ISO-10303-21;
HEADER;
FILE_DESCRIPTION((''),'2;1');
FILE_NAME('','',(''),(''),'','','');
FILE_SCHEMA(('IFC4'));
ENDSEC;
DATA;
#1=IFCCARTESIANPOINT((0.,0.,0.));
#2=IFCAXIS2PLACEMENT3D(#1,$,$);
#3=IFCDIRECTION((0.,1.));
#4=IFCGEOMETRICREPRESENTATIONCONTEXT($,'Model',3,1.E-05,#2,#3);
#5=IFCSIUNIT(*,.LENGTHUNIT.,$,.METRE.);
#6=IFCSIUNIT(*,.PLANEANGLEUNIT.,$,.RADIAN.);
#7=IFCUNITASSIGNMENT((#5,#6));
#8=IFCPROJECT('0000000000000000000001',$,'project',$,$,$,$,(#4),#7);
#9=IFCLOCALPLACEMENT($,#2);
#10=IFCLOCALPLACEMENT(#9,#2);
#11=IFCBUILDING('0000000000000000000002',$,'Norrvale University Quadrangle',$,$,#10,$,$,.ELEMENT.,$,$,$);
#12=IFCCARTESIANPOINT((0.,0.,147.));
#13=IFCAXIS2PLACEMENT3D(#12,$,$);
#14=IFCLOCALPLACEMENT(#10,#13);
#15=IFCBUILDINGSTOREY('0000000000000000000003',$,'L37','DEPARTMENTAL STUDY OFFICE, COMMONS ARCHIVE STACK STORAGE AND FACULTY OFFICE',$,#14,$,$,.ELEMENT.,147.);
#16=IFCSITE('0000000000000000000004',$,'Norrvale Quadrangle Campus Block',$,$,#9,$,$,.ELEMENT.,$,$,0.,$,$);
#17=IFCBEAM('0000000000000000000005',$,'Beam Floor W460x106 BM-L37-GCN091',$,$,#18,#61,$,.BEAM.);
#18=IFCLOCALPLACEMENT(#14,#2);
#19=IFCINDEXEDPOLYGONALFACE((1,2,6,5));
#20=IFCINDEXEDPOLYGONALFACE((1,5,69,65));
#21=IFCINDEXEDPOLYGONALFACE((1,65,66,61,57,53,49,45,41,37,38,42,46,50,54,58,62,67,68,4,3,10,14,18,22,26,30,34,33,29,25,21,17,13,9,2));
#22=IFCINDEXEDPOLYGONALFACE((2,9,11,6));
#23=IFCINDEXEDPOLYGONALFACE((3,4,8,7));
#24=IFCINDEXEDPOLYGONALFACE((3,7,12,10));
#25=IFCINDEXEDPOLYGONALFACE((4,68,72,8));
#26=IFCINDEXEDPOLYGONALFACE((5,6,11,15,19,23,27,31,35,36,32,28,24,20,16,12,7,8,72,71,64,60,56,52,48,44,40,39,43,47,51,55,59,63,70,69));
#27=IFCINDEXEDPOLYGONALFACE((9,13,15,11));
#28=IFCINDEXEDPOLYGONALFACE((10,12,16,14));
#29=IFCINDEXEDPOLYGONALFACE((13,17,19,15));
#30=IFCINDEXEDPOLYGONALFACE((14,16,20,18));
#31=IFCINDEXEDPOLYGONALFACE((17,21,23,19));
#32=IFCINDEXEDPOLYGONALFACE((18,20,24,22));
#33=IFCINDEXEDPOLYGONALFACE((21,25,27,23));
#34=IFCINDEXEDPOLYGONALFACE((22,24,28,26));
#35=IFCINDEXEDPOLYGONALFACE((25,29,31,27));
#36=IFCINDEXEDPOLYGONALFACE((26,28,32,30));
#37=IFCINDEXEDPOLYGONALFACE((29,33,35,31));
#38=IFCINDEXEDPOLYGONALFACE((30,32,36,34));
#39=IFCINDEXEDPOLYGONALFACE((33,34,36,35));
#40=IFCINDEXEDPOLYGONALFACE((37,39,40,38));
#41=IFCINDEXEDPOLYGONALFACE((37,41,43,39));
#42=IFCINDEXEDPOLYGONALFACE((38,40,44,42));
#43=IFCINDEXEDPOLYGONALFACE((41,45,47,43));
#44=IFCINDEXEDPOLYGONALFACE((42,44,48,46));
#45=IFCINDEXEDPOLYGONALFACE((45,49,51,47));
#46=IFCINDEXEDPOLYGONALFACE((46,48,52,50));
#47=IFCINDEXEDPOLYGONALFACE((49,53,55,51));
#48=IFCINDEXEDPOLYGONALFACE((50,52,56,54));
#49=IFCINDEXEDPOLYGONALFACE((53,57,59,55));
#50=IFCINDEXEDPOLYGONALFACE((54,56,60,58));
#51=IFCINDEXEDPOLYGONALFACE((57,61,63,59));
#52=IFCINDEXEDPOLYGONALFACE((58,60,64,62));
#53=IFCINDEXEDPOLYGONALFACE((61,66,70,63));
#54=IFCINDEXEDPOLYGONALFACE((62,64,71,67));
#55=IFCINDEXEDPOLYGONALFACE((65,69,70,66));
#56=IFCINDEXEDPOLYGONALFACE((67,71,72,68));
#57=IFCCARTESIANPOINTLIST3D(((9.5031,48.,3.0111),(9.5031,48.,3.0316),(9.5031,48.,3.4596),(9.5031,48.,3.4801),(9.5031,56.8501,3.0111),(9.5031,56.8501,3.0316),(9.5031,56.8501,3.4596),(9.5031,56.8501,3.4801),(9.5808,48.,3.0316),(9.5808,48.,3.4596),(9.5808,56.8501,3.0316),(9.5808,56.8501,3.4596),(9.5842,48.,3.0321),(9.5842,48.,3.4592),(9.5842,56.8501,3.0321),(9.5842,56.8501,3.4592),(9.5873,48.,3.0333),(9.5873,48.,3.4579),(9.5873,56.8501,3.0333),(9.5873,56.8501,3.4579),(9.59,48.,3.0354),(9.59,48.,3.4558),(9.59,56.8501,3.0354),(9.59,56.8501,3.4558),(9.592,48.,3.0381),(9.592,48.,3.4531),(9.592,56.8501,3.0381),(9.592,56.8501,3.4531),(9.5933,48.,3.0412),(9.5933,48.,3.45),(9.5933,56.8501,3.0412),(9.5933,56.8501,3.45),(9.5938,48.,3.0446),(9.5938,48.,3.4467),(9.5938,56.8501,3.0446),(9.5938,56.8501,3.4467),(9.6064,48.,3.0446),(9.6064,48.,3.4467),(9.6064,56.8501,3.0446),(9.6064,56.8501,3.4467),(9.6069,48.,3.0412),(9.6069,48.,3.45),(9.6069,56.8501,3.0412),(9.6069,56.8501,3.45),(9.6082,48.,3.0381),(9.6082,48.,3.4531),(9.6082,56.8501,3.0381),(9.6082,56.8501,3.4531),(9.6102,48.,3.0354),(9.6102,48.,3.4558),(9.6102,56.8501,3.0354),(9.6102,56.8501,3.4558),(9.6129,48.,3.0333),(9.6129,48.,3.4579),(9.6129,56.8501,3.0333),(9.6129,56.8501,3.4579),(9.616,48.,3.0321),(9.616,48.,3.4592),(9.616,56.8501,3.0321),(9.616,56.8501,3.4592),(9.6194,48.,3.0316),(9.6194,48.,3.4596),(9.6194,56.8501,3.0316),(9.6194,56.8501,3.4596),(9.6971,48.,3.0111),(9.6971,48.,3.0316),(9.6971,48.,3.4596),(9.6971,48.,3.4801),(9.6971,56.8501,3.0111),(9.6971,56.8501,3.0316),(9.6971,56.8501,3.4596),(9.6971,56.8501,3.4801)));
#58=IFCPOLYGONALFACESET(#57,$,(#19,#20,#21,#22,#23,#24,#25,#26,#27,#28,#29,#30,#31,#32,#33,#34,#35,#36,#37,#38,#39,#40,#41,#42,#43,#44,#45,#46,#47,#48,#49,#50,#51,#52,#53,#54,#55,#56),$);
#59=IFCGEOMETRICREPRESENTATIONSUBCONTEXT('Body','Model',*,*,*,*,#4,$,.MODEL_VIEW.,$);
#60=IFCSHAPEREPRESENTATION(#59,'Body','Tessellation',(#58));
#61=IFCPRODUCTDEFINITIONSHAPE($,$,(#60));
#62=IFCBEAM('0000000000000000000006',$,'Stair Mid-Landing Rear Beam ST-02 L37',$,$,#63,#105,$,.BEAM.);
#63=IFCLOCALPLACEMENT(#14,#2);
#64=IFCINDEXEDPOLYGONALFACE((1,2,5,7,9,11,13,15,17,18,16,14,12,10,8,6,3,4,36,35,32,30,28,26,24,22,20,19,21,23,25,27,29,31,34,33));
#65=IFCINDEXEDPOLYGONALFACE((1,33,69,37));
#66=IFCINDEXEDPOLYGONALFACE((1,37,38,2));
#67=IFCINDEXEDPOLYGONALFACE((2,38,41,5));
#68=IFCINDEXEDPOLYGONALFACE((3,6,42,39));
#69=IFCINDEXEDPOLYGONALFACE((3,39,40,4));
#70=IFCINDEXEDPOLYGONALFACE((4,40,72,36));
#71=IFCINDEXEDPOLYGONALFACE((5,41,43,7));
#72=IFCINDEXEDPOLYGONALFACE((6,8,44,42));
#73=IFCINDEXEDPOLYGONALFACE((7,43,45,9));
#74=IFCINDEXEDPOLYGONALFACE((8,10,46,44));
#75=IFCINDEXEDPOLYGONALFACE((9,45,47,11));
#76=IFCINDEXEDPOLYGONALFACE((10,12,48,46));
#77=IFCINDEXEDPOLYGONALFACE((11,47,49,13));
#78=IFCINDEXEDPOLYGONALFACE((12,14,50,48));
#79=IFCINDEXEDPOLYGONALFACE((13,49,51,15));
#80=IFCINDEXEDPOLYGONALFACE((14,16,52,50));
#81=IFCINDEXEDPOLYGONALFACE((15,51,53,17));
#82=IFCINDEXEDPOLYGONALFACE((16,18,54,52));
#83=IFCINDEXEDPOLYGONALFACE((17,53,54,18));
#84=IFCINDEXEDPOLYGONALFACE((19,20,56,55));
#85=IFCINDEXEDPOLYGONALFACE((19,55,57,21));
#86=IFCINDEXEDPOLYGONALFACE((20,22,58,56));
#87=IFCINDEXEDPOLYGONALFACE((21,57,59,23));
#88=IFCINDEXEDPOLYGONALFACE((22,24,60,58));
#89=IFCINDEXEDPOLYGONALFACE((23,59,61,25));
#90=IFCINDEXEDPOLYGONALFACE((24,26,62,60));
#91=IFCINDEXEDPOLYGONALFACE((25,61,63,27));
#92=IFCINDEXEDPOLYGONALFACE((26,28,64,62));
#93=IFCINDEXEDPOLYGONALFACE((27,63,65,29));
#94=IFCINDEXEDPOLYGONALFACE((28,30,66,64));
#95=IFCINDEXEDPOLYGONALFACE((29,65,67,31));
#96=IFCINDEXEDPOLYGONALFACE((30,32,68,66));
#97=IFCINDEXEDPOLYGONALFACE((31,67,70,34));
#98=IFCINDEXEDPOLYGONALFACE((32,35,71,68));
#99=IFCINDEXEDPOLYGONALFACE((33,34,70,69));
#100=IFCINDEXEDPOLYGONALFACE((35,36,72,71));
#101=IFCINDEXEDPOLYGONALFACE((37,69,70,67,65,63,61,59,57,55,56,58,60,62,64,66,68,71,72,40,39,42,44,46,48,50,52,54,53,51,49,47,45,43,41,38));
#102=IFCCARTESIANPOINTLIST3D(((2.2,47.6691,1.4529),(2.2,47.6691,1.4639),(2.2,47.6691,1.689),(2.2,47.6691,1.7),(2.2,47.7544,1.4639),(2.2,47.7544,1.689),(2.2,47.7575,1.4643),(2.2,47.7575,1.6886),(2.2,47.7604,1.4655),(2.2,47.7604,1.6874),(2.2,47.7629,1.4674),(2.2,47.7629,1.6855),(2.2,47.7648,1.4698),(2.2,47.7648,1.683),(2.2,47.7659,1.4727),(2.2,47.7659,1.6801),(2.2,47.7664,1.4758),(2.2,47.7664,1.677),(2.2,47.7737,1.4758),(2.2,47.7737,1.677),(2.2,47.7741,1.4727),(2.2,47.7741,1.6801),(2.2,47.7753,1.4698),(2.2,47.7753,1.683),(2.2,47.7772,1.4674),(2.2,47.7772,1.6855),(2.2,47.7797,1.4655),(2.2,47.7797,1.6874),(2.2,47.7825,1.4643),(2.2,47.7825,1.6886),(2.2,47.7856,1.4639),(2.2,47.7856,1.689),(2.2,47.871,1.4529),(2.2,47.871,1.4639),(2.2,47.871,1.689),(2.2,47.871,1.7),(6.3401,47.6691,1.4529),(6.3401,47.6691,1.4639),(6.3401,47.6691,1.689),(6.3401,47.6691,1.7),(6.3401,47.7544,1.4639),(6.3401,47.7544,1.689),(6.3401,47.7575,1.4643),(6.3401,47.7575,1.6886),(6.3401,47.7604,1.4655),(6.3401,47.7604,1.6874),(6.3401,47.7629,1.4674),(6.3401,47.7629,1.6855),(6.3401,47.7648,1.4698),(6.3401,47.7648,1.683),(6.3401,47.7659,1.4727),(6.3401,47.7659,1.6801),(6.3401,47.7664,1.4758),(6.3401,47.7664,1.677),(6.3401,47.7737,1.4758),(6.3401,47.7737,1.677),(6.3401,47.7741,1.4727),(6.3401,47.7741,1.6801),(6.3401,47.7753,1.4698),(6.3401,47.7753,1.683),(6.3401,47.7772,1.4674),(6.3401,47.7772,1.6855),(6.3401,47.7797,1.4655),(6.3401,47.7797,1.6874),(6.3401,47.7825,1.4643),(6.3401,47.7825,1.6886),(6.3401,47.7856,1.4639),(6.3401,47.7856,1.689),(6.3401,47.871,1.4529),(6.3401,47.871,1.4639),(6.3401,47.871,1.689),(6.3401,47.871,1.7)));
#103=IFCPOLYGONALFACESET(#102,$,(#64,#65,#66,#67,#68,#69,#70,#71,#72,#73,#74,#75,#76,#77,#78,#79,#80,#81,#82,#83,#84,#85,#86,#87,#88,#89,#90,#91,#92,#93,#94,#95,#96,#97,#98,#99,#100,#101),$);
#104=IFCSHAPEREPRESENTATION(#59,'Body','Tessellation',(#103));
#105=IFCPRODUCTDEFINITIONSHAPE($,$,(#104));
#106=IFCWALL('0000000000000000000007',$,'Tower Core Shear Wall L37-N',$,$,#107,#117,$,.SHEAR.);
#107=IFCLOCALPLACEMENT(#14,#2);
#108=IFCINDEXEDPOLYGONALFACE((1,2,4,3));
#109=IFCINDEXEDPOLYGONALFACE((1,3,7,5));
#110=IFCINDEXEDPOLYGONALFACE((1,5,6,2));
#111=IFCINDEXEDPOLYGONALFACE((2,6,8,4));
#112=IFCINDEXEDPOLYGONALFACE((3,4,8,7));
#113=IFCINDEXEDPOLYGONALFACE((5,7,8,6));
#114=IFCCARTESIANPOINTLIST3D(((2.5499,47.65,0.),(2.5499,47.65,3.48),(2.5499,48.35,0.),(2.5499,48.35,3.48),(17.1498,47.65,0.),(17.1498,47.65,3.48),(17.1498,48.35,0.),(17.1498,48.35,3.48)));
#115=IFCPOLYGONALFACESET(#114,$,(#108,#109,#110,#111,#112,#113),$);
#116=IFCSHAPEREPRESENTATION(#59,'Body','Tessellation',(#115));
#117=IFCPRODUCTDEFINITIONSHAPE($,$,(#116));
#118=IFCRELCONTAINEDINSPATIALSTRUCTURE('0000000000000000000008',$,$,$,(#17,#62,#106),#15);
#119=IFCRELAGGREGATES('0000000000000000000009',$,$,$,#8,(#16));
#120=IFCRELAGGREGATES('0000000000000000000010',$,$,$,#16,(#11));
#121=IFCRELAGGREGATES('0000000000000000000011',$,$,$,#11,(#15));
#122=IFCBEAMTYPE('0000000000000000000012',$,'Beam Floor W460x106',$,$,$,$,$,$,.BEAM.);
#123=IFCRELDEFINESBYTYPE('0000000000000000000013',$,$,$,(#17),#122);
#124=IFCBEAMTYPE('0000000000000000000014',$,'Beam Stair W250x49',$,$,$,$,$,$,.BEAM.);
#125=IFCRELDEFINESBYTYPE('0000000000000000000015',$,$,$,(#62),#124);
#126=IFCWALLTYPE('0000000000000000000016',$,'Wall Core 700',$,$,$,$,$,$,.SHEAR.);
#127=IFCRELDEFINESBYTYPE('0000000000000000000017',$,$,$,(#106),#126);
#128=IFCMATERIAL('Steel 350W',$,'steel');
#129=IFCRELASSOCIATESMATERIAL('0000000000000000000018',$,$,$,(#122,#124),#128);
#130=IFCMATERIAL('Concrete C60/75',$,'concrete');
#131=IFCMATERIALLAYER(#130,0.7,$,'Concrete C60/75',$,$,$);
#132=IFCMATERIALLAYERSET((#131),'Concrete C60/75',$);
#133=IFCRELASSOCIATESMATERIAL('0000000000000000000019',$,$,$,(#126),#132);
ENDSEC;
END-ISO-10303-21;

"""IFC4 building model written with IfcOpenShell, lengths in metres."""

from ifc_helpers import new_model, si_unit, direction, frame, frame_2d, origin, origin_2d, place, context, subcontext, project, spatial, rectangle, i_section, extrude, material, layer, layer_set, material_profile, profile_set, type_object, element, save


model = new_model("IFC4")

# Units and contexts
model_context = context("Model", 3, precision=1e-05, world=origin(), true_north=direction((0.0, 1.0)))
body_context = subcontext(model_context, "Body", "Model", "MODEL_VIEW")
ifc_project = project(units=[si_unit("LENGTHUNIT", "METRE"), si_unit("PLANEANGLEUNIT", "RADIAN")], contexts=[model_context])

# Site, building, storey
site_placement = place(None, origin())
site = spatial("IfcSite", under=ifc_project, at=site_placement, Name="Norrvale Quadrangle Campus Block", CompositionType="ELEMENT", RefElevation=0.0)
building_placement = place(site_placement, origin())
building = spatial("IfcBuilding", under=site, at=building_placement, Name="Norrvale University Quadrangle", CompositionType="ELEMENT")
storey_placement = place(building_placement, frame((0.0, 0.0, 147.0)))
storey = spatial("IfcBuildingStorey", under=building, at=storey_placement, Name="L37", Description="DEPARTMENTAL STUDY OFFICE, COMMONS ARCHIVE STACK STORAGE AND FACULTY OFFICE", CompositionType="ELEMENT", Elevation=147.0)

# Shared definitions
ifc_material_1 = material(Name="Concrete C60/75", Category="concrete")

# Beams
ifc_material_2 = material(Name="Steel 350W", Category="steel")
ifc_material_profile_1 = material_profile(ifc_material_2, i_section(OverallWidth=0.1941, OverallDepth=0.469, WebThickness=0.0127, FlangeThickness=0.0205, FilletRadius=0.0129, at=origin_2d()), Name="Steel 350W")
ifc_profile_set_1 = profile_set([ifc_material_profile_1], Name="Steel 350W")
beam_type_1 = type_object("IfcBeamType", Name="Beam Floor W460x106", PredefinedType="BEAM", material=ifc_profile_set_1)
beam_1_placement = place(storey_placement, frame((9.6001, 48.0, 3.2456), z_axis=(0.0, 1.0, 0.0), x_axis=(-1.0, 0.0, 0.0)))
element("IfcBeam", 1, at=beam_1_placement, inside=storey, type_object=beam_type_1, Name="Beam Floor W460x106 BM-L37-GCN091", PredefinedType="BEAM", context=body_context, shape_type="SweptSolid", body=[
    extrude(i_section(OverallWidth=0.1941, OverallDepth=0.469, WebThickness=0.0127, FlangeThickness=0.0205, FilletRadius=0.0129, at=origin_2d()), origin(), (0.0, 0.0, 1.0), 8.8501),
])
ifc_material_profile_2 = material_profile(ifc_material_2, i_section(OverallWidth=0.2019, OverallDepth=0.2471, WebThickness=0.0073, FlangeThickness=0.011, FilletRadius=0.012, at=origin_2d()), Name="Steel 350W")
ifc_profile_set_2 = profile_set([ifc_material_profile_2], Name="Steel 350W")
beam_type_2 = type_object("IfcBeamType", Name="Beam Stair W250x49", PredefinedType="BEAM", material=ifc_profile_set_2)
beam_2_placement = place(storey_placement, frame((2.2, 47.77, 1.5764), z_axis=(1.0, 0.0, 0.0), x_axis=(0.0, 1.0, 0.0)))
element("IfcBeam", 2, at=beam_2_placement, inside=storey, type_object=beam_type_2, Name="Stair Mid-Landing Rear Beam ST-02 L37", PredefinedType="BEAM", context=body_context, shape_type="SweptSolid", body=[
    extrude(i_section(OverallWidth=0.2019, OverallDepth=0.2471, WebThickness=0.0073, FlangeThickness=0.011, FilletRadius=0.012, at=origin_2d()), origin(), (0.0, 0.0, 1.0), 4.1401),
])

# Wall
ifc_layer_1 = layer(ifc_material_1, 0.7, Name="Concrete C60/75")
ifc_layer_set_1 = layer_set([ifc_layer_1], Name="Concrete C60/75")
wall_type_1 = type_object("IfcWallType", Name="Wall Core 700", PredefinedType="SHEAR", material=ifc_layer_set_1)
wall_1_placement = place(storey_placement, frame((2.55, 48.0, 0.0), z_axis=(0.0, 0.0, 1.0), x_axis=(1.0, 0.0, 0.0)))
element("IfcWall", 3, at=wall_1_placement, inside=storey, type_object=wall_type_1, Name="Tower Core Shear Wall L37-N", PredefinedType="SHEAR", context=body_context, shape_type="SweptSolid", body=[
    extrude(rectangle(XDim=14.5999, YDim=0.7, at=frame_2d((7.2998, 0.0))), origin(), (0.0, 0.0, 1.0), 3.48),
])

save(model, "model.ifc")
